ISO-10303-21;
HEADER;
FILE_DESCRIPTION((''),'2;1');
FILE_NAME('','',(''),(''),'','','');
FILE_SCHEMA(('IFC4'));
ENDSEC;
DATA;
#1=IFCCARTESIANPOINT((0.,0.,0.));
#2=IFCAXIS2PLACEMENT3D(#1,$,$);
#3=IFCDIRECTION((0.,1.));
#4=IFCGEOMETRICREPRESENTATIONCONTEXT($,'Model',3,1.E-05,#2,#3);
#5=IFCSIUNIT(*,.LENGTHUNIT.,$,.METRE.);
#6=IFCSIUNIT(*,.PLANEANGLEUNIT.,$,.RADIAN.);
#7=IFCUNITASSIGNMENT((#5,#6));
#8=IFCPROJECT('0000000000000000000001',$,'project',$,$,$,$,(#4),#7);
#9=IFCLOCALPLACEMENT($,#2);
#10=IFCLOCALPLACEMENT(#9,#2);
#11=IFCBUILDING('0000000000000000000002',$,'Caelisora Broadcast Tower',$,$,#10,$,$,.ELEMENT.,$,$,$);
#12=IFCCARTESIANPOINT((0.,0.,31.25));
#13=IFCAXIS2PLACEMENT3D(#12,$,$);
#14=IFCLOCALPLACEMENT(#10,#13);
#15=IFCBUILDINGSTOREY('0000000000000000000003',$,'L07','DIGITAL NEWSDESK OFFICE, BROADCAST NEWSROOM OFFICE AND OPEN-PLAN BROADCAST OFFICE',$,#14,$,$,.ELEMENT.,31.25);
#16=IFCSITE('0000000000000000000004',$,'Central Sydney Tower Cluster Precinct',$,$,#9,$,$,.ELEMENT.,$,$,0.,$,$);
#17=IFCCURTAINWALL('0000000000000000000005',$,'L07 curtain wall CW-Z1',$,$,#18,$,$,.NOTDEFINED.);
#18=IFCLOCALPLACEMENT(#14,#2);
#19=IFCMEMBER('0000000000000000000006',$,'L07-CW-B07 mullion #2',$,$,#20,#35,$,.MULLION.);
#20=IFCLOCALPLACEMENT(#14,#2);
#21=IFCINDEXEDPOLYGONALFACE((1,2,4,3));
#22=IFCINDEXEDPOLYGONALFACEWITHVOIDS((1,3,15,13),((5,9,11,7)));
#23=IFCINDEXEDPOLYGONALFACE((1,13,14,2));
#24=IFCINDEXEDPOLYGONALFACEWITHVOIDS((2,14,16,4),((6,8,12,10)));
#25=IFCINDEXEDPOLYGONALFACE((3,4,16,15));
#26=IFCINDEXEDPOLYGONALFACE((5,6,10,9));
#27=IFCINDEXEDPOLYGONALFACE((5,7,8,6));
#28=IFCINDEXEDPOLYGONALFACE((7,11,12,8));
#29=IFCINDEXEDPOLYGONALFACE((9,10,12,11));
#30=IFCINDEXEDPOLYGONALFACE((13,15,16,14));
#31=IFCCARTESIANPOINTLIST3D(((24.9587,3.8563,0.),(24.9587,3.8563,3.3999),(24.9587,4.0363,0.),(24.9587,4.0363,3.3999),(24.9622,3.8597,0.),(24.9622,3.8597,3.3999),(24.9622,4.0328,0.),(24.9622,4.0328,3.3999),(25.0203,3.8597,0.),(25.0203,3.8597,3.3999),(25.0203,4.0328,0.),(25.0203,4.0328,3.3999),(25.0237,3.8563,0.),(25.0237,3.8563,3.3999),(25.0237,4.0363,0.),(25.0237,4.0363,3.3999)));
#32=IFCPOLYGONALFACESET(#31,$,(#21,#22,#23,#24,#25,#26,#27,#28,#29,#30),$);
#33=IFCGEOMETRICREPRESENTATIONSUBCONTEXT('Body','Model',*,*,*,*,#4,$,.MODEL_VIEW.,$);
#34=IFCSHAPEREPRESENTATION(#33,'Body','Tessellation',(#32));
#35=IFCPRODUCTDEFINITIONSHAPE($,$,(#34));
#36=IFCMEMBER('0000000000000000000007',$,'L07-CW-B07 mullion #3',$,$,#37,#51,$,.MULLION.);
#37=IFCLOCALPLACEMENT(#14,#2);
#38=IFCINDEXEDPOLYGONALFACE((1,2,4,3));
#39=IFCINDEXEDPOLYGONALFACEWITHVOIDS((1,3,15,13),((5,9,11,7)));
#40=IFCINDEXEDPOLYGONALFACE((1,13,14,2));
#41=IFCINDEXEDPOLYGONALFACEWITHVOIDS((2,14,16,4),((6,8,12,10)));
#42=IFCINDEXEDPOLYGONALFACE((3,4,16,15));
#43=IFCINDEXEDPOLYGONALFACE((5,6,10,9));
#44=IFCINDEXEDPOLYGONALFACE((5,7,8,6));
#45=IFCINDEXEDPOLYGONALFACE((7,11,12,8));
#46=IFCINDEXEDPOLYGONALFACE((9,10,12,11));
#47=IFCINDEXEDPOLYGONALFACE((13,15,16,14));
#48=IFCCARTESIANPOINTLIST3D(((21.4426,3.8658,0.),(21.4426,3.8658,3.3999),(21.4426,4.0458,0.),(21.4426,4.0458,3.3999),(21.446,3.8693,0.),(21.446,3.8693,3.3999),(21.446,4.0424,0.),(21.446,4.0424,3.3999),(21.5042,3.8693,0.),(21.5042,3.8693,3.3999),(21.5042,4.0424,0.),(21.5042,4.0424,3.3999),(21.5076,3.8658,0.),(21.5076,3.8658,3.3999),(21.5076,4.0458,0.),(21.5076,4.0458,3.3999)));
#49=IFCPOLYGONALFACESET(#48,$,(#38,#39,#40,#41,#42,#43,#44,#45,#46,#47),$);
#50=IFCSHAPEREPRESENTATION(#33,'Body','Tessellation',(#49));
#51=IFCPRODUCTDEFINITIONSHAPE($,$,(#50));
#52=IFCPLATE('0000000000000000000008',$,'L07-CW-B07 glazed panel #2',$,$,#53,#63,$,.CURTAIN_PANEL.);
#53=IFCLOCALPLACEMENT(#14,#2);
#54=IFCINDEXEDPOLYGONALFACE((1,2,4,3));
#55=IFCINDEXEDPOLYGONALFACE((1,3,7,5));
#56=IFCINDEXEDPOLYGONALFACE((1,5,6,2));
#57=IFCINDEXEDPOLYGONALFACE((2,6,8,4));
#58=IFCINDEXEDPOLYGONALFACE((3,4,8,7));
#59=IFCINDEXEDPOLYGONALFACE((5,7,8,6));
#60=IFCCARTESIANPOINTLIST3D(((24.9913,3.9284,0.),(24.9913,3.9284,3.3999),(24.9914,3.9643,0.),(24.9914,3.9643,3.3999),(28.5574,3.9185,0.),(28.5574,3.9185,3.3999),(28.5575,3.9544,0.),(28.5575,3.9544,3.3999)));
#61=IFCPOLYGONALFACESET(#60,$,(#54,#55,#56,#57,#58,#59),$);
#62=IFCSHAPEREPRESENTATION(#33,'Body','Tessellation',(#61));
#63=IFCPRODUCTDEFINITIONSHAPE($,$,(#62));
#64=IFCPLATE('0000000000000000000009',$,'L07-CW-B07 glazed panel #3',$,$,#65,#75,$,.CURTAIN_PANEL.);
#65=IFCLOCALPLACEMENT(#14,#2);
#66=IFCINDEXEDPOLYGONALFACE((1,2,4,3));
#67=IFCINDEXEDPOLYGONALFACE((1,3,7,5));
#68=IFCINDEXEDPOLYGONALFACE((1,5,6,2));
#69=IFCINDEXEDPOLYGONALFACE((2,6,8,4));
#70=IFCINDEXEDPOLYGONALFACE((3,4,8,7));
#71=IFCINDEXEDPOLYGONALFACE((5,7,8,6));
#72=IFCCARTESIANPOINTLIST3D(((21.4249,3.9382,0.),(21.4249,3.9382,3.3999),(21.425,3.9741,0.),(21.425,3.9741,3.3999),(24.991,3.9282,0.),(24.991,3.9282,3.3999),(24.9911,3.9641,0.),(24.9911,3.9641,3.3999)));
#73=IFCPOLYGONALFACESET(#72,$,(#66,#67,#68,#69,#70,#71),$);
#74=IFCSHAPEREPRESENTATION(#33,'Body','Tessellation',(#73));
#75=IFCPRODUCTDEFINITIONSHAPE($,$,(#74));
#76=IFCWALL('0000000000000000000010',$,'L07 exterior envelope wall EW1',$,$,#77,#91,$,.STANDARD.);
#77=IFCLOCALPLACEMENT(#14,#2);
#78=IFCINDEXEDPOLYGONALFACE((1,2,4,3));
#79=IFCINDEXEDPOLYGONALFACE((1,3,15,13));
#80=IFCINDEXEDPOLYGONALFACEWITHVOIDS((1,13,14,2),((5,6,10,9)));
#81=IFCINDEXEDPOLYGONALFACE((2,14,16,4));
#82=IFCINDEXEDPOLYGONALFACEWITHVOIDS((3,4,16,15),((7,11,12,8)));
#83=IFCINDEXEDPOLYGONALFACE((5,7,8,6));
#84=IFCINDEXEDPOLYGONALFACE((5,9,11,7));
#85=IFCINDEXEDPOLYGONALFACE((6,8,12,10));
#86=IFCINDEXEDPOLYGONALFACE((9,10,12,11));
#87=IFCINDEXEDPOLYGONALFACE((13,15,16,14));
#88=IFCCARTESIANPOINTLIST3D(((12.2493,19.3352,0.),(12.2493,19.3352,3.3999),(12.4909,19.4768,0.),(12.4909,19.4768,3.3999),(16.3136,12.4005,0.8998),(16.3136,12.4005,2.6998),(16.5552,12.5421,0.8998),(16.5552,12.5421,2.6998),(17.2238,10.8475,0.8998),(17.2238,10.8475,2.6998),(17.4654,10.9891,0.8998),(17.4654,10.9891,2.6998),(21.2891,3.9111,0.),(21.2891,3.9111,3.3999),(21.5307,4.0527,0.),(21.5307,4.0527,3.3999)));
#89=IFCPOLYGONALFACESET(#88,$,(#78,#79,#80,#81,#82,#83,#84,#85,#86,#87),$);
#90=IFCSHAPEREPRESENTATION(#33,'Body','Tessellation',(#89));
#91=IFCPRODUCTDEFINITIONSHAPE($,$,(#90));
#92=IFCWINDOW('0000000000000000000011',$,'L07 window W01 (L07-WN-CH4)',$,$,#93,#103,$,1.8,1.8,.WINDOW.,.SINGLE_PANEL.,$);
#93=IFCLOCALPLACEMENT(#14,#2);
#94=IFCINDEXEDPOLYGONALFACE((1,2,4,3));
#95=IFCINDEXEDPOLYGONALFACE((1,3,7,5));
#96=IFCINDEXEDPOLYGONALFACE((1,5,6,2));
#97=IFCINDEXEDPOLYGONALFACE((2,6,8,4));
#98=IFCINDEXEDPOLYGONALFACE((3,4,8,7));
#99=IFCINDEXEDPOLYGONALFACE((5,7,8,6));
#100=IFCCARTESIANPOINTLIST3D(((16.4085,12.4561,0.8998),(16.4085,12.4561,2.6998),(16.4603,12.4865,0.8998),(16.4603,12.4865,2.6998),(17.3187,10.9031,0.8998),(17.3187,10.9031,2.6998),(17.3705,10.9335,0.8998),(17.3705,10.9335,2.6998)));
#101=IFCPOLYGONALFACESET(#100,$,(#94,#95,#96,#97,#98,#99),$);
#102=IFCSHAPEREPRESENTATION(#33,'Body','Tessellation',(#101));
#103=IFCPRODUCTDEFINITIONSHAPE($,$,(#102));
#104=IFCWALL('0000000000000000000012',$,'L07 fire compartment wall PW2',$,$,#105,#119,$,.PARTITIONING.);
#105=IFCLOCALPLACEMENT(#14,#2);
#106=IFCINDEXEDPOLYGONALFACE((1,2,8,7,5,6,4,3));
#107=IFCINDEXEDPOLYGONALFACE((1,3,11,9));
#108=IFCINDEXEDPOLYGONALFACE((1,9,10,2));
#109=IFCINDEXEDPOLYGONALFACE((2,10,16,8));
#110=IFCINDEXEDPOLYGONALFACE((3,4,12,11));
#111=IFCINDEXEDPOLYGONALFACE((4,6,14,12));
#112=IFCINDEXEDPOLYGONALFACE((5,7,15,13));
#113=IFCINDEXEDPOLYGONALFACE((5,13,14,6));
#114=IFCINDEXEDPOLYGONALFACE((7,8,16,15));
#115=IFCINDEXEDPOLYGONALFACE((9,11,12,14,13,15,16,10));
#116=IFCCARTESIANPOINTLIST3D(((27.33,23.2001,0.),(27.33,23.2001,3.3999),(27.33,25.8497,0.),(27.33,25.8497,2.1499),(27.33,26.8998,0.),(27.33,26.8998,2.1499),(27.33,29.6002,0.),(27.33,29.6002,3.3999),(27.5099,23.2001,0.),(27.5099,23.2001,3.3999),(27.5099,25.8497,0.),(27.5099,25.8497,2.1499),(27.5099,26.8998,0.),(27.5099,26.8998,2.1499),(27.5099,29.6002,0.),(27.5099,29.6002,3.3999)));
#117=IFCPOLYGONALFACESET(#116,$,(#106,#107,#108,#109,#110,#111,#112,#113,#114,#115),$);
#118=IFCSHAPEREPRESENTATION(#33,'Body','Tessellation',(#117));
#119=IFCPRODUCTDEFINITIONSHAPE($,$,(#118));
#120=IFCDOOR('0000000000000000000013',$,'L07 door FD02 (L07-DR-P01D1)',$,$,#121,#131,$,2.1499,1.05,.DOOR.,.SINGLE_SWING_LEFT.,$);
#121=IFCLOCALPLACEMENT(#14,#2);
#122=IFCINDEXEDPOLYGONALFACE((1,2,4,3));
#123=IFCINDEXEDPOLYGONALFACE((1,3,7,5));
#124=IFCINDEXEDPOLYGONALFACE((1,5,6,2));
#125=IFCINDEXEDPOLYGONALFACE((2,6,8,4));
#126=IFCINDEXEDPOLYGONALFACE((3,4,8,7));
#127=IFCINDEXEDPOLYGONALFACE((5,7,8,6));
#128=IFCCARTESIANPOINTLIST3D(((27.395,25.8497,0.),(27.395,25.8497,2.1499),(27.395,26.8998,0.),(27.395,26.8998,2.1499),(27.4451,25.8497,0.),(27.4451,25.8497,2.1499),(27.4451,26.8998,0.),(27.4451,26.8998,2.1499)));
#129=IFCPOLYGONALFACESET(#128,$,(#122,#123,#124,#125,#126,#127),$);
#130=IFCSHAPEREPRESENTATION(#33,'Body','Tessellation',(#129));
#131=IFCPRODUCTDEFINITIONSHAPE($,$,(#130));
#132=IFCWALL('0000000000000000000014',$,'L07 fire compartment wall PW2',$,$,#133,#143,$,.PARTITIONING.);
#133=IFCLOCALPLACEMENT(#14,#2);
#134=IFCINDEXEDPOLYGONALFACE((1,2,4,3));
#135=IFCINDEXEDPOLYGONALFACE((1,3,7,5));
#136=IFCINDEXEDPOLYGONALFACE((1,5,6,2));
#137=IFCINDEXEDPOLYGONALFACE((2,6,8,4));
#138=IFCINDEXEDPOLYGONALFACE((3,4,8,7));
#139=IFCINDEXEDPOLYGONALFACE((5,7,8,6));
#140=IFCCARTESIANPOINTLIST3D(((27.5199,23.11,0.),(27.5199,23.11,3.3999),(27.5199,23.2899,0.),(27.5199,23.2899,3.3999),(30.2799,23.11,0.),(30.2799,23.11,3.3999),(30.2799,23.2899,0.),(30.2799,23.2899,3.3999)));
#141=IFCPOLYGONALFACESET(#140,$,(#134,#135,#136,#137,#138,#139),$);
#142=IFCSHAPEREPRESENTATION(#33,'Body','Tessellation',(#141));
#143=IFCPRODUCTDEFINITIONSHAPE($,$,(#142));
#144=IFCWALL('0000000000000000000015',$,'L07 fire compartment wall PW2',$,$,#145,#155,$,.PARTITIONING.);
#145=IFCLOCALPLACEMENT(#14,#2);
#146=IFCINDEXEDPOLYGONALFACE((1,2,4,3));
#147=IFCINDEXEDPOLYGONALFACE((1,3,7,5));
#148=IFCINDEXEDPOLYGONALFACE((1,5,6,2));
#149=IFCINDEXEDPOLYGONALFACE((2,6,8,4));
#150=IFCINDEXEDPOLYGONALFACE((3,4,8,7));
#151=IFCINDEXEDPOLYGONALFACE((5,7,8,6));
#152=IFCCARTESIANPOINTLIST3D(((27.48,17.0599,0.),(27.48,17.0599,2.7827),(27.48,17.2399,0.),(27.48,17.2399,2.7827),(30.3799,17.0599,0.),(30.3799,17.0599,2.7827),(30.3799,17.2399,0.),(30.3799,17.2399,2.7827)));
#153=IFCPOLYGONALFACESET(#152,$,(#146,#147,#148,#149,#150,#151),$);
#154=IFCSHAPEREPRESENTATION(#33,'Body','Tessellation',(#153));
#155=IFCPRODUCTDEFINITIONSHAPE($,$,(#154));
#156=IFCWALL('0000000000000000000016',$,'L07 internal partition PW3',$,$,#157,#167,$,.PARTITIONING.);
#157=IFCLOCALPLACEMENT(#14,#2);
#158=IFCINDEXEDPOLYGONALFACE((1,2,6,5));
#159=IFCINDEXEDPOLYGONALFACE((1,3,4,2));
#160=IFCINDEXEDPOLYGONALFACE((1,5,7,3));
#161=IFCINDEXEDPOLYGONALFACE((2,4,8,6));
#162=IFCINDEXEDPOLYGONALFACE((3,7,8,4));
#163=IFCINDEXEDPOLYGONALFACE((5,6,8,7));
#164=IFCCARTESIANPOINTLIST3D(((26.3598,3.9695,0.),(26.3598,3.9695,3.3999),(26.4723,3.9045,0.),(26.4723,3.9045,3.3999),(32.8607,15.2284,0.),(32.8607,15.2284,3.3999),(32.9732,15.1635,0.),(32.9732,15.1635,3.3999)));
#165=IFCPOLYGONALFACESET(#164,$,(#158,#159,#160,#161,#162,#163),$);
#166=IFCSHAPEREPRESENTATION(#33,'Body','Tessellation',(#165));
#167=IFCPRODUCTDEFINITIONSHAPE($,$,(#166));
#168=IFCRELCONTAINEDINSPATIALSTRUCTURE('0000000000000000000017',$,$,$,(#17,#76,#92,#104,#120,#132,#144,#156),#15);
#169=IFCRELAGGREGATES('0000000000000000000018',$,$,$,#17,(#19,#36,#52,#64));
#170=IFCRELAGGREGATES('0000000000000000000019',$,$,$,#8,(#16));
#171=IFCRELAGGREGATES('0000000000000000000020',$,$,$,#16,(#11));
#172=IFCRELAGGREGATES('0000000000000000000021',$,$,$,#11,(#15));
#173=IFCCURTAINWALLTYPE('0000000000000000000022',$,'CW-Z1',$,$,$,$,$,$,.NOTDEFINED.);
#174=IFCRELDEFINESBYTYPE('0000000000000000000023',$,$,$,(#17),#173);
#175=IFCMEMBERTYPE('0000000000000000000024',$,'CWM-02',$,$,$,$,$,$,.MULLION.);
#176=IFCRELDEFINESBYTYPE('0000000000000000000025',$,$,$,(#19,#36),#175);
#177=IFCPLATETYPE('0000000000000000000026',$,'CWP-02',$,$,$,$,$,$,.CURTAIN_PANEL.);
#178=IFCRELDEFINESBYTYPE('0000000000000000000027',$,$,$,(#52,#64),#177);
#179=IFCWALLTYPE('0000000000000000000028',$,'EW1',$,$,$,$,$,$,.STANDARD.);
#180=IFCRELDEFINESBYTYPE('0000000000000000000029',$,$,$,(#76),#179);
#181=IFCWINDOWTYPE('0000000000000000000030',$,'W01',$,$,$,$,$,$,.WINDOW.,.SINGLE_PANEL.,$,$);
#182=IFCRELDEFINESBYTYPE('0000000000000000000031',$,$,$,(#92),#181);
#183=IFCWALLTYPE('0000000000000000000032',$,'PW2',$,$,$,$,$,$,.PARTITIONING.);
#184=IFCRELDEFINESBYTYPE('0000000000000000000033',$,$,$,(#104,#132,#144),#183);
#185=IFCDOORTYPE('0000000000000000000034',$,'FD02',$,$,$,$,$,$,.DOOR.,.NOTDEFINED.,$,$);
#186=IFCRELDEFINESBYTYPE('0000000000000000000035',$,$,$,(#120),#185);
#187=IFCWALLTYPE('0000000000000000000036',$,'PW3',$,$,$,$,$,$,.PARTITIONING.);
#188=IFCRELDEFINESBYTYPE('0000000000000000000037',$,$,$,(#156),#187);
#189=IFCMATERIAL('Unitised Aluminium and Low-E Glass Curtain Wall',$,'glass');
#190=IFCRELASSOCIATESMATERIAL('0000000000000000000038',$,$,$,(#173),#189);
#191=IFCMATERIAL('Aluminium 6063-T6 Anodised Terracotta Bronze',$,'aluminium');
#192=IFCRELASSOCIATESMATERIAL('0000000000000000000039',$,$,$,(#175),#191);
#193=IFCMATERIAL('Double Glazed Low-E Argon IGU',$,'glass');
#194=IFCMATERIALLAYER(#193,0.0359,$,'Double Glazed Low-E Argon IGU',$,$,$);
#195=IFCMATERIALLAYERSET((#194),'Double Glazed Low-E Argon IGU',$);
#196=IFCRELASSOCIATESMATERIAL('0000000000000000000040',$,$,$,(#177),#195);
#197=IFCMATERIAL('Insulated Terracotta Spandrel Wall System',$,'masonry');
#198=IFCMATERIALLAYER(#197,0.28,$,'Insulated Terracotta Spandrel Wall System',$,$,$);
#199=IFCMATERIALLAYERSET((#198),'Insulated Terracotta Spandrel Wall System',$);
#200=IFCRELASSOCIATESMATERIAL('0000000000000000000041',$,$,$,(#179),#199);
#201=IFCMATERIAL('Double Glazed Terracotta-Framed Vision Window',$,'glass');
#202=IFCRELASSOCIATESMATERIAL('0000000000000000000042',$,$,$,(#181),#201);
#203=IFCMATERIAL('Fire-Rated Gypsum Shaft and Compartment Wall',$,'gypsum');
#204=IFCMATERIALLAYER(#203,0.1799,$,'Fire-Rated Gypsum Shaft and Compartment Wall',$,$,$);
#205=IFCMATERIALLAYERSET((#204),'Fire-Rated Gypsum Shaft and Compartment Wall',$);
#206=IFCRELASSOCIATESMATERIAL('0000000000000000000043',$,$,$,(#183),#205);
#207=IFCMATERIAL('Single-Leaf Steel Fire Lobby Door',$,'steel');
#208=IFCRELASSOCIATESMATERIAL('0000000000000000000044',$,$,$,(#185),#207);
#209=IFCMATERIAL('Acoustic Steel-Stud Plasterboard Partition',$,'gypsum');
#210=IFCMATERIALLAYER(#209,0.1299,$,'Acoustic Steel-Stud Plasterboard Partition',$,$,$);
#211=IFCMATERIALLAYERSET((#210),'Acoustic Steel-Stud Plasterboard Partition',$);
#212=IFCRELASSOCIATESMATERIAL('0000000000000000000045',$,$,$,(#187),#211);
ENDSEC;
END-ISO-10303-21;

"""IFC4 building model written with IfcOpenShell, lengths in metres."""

from ifc_helpers import new_model, si_unit, direction, frame, frame_2d, origin, origin_2d, place, context, subcontext, project, spatial, rectangle, hollow_rectangle, extrude, source, transform, mapped, material, layer, layer_set, material_profile, profile_set, type_object, type_shapes, element, fill, aggregate, save


model = new_model("IFC4")

# Units and contexts
model_context = context("Model", 3, precision=1e-05, world=origin(), true_north=direction((0.0, 1.0)))
body_context = subcontext(model_context, "Body", "Model", "MODEL_VIEW")
ifc_project = project(units=[si_unit("LENGTHUNIT", "METRE"), si_unit("PLANEANGLEUNIT", "RADIAN")], contexts=[model_context])

# Site, building, storey
site_placement = place(None, origin())
site = spatial("IfcSite", under=ifc_project, at=site_placement, Name="Central Sydney Tower Cluster Precinct", CompositionType="ELEMENT", RefElevation=0.0)
building_placement = place(site_placement, origin())
building = spatial("IfcBuilding", under=site, at=building_placement, Name="Caelisora Broadcast Tower", CompositionType="ELEMENT")
storey_placement = place(building_placement, frame((0.0, 0.0, 31.25)))
storey = spatial("IfcBuildingStorey", under=building, at=storey_placement, Name="L07", Description="DIGITAL NEWSDESK OFFICE, BROADCAST NEWSROOM OFFICE AND OPEN-PLAN BROADCAST OFFICE", CompositionType="ELEMENT", Elevation=31.25)

# Curtain wall, members, plates
ifc_material_1 = material(Name="Unitised Aluminium and Low-E Glass Curtain Wall", Category="glass")
curtain_wall_type = type_object("IfcCurtainWallType", Name="CW-Z1", PredefinedType="NOTDEFINED", material=ifc_material_1)
curtain_wall_placement = place(storey_placement, origin())
curtain_wall = element("IfcCurtainWall", 1, at=curtain_wall_placement, inside=storey, type_object=curtain_wall_type, Name="L07 curtain wall CW-Z1", PredefinedType="NOTDEFINED")
ifc_material_2 = material(Name="Aluminium 6063-T6 Anodised Terracotta Bronze", Category="aluminium")
ifc_material_profile_1 = material_profile(ifc_material_2, hollow_rectangle(XDim=0.0649, YDim=0.1799, WallThickness=0.0034, at=origin_2d()), Name="Aluminium 6063-T6 Anodised Terracotta Bronze")
ifc_profile_set_1 = profile_set([ifc_material_profile_1], Name="Aluminium 6063-T6 Anodised Terracotta Bronze")
member_type = type_object("IfcMemberType", Name="CWM-02", PredefinedType="MULLION", material=ifc_profile_set_1)
shared_shape_1 = source(origin(), body_context, "Body", "SweptSolid", [
    extrude(hollow_rectangle(XDim=0.0649, YDim=0.1799, WallThickness=0.0034, at=origin_2d()), origin(), (0.0, 0.0, 1.0), 3.3999),
])
type_shapes(member_type, [shared_shape_1])
member_1_placement = place(storey_placement, frame((24.9912, 3.9463, 0.0), z_axis=(0.0, 0.0, 1.0), x_axis=(1.0, 0.0, 0.0)))
member_1 = element("IfcMember", 2, at=member_1_placement, type_object=member_type, Name="L07-CW-B07 mullion #2", PredefinedType="MULLION", context=body_context, shape_type="MappedRepresentation", body=[
    mapped(shared_shape_1, transform((0.0, 0.0, 0.0), scale=1.0)),
])
member_2_placement = place(storey_placement, frame((21.4751, 3.9558, 0.0), z_axis=(0.0, 0.0, 1.0), x_axis=(1.0, 0.0, 0.0)))
member_2 = element("IfcMember", 3, at=member_2_placement, type_object=member_type, Name="L07-CW-B07 mullion #3", PredefinedType="MULLION", context=body_context, shape_type="MappedRepresentation", body=[
    mapped(shared_shape_1, transform((0.0, 0.0, 0.0), scale=1.0)),
])
ifc_material_3 = material(Name="Double Glazed Low-E Argon IGU", Category="glass")
ifc_layer_1 = layer(ifc_material_3, 0.0359, Name="Double Glazed Low-E Argon IGU")
ifc_layer_set_1 = layer_set([ifc_layer_1], Name="Double Glazed Low-E Argon IGU")
plate_type = type_object("IfcPlateType", Name="CWP-02", PredefinedType="CURTAIN_PANEL", material=ifc_layer_set_1)
shared_shape_2 = source(origin(), body_context, "Body", "SweptSolid", [
    extrude(rectangle(XDim=3.5662, YDim=0.0359, at=origin_2d()), origin(), (0.0, 0.0, 1.0), 3.3999),
])
type_shapes(plate_type, [shared_shape_2])
plate_1_placement = place(storey_placement, frame((26.7744, 3.9414, 0.0), z_axis=(0.0, 0.0, 1.0), x_axis=(-0.999996, 0.002793, 0.0)))
plate_1 = element("IfcPlate", 4, at=plate_1_placement, type_object=plate_type, Name="L07-CW-B07 glazed panel #2", PredefinedType="CURTAIN_PANEL", context=body_context, shape_type="MappedRepresentation", body=[
    mapped(shared_shape_2, transform((0.0, 0.0, 0.0), scale=1.0)),
])
plate_2_placement = place(storey_placement, frame((23.208, 3.9512, 0.0), z_axis=(0.0, 0.0, 1.0), x_axis=(-0.999996, 0.002793, 0.0)))
plate_2 = element("IfcPlate", 5, at=plate_2_placement, type_object=plate_type, Name="L07-CW-B07 glazed panel #3", PredefinedType="CURTAIN_PANEL", context=body_context, shape_type="MappedRepresentation", body=[
    mapped(shared_shape_2, transform((0.0, 0.0, 0.0), scale=1.0)),
])
aggregate(curtain_wall, [member_1, member_2, plate_1, plate_2])

# Wall, opening, window
ifc_material_4 = material(Name="Insulated Terracotta Spandrel Wall System", Category="masonry")
ifc_layer_2 = layer(ifc_material_4, 0.28, Name="Insulated Terracotta Spandrel Wall System")
ifc_layer_set_2 = layer_set([ifc_layer_2], Name="Insulated Terracotta Spandrel Wall System")
wall_type_1 = type_object("IfcWallType", Name="EW1", PredefinedType="STANDARD", material=ifc_layer_set_2)
wall_1_placement = place(storey_placement, frame((21.4099, 3.9819, 0.0), z_axis=(0.0, 0.0, 1.0), x_axis=(-0.50564, 0.862744, 0.0)))
wall_1 = element("IfcWall", 6, at=wall_1_placement, inside=storey, type_object=wall_type_1, Name="L07 exterior envelope wall EW1", PredefinedType="STANDARD", context=body_context, shape_type="SweptSolid", body=[
    extrude(rectangle(XDim=17.8779, YDim=0.28, at=frame_2d((8.939, 0.0))), origin(), (0.0, 0.0, 1.0), 3.3999),
])
opening_1_placement = place(wall_1_placement, frame((8.04, 0.0, 0.8999)))
opening_1 = element("IfcOpeningElement", 7, at=opening_1_placement, cuts=wall_1, PredefinedType="OPENING", context=body_context, shape_type="SweptSolid", body=[
    extrude(rectangle(XDim=1.8, YDim=1.8, at=frame_2d((0.8999, 0.8999))), frame((0.0, 0.1521, 0.0), z_axis=(0.0, -1.0, 0.0), x_axis=(1.0, 0.0, 0.0)), (0.0, 0.0, 1.0), 0.304),
])
ifc_material_5 = material(Name="Double Glazed Terracotta-Framed Vision Window", Category="glass")
window_type = type_object("IfcWindowType", Name="W01", PartitioningType="SINGLE_PANEL", PredefinedType="WINDOW", material=ifc_material_5)
window_placement = place(opening_1_placement, origin())
window = element("IfcWindow", 8, at=window_placement, inside=storey, type_object=window_type, Name="L07 window W01 (L07-WN-CH4)", OverallHeight=1.8, OverallWidth=1.8, PartitioningType="SINGLE_PANEL", PredefinedType="WINDOW", context=body_context, shape_type="SweptSolid", body=[
    extrude(rectangle(XDim=1.8, YDim=1.8, at=frame_2d((0.8999, 0.8999))), frame((0.0, 0.03, 0.0), z_axis=(0.0, -1.0, 0.0), x_axis=(1.0, 0.0, 0.0)), (0.0, 0.0, 1.0), 0.0601),
])
fill(opening_1, window)

# Wall, opening, door
ifc_material_6 = material(Name="Fire-Rated Gypsum Shaft and Compartment Wall", Category="gypsum")
ifc_layer_3 = layer(ifc_material_6, 0.1799, Name="Fire-Rated Gypsum Shaft and Compartment Wall")
ifc_layer_set_3 = layer_set([ifc_layer_3], Name="Fire-Rated Gypsum Shaft and Compartment Wall")
wall_type_2 = type_object("IfcWallType", Name="PW2", PredefinedType="PARTITIONING", material=ifc_layer_set_3)
wall_2_placement = place(storey_placement, frame((27.4199, 23.2, 0.0), z_axis=(0.0, 0.0, 1.0), x_axis=(0.0, 1.0, 0.0)))
wall_2 = element("IfcWall", 9, at=wall_2_placement, inside=storey, type_object=wall_type_2, Name="L07 fire compartment wall PW2", PredefinedType="PARTITIONING", context=body_context, shape_type="SweptSolid", body=[
    extrude(rectangle(XDim=6.4001, YDim=0.1799, at=frame_2d((3.2002, 0.0))), origin(), (0.0, 0.0, 1.0), 3.3999),
])
opening_2_placement = place(wall_2_placement, frame((2.6499, 0.0, 0.0)))
opening_2 = element("IfcOpeningElement", 10, at=opening_2_placement, cuts=wall_2, PredefinedType="OPENING", context=body_context, shape_type="SweptSolid", body=[
    extrude(rectangle(XDim=1.05, YDim=2.1499, at=frame_2d((0.5249, 1.075))), frame((0.0, 0.1021, 0.0), z_axis=(0.0, -1.0, 0.0), x_axis=(1.0, 0.0, 0.0)), (0.0, 0.0, 1.0), 0.2039),
])
ifc_material_7 = material(Name="Single-Leaf Steel Fire Lobby Door", Category="steel")
door_type = type_object("IfcDoorType", Name="FD02", OperationType="NOTDEFINED", PredefinedType="DOOR", material=ifc_material_7)
door_1_placement = place(opening_2_placement, origin())
door_1 = element("IfcDoor", 11, at=door_1_placement, inside=storey, type_object=door_type, Name="L07 door FD02 (L07-DR-P01D1)", OperationType="SINGLE_SWING_LEFT", OverallHeight=2.1499, OverallWidth=1.05, PredefinedType="DOOR", context=body_context, shape_type="SweptSolid", body=[
    extrude(rectangle(XDim=1.05, YDim=2.1499, at=frame_2d((0.5249, 1.075))), frame((0.0, 0.0249, 0.0), z_axis=(0.0, -1.0, 0.0), x_axis=(1.0, 0.0, 0.0)), (0.0, 0.0, 1.0), 0.05),
])
fill(opening_2, door_1)

# Wall
wall_3_placement = place(storey_placement, frame((27.52, 23.2, 0.0), z_axis=(0.0, 0.0, 1.0), x_axis=(1.0, 0.0, 0.0)))
element("IfcWall", 12, at=wall_3_placement, inside=storey, type_object=wall_type_2, Name="L07 fire compartment wall PW2", PredefinedType="PARTITIONING", context=body_context, shape_type="SweptSolid", body=[
    extrude(rectangle(XDim=2.76, YDim=0.1799, at=frame_2d((1.3799, 0.0))), origin(), (0.0, 0.0, 1.0), 3.3999),
])

# Walls
wall_4_placement = place(storey_placement, frame((27.48, 17.1499, 0.0), z_axis=(0.0, 0.0, 1.0), x_axis=(1.0, 0.0, 0.0)))
element("IfcWall", 13, at=wall_4_placement, inside=storey, type_object=wall_type_2, Name="L07 fire compartment wall PW2", PredefinedType="PARTITIONING", context=body_context, shape_type="SweptSolid", body=[
    extrude(rectangle(XDim=2.8999, YDim=0.1799, at=frame_2d((1.45, 0.0))), origin(), (0.0, 0.0, 1.0), 2.7827),
])
ifc_material_8 = material(Name="Acoustic Steel-Stud Plasterboard Partition", Category="gypsum")
ifc_layer_4 = layer(ifc_material_8, 0.1299, Name="Acoustic Steel-Stud Plasterboard Partition")
ifc_layer_set_4 = layer_set([ifc_layer_4], Name="Acoustic Steel-Stud Plasterboard Partition")
wall_type_3 = type_object("IfcWallType", Name="PW3", PredefinedType="PARTITIONING", material=ifc_layer_set_4)
wall_5_placement = place(storey_placement, frame((26.416, 3.937, 0.0), z_axis=(0.0, 0.0, 1.0), x_axis=(0.500033, 0.866006, 0.0)))
element("IfcWall", 14, at=wall_5_placement, inside=storey, type_object=wall_type_3, Name="L07 internal partition PW3", PredefinedType="PARTITIONING", context=body_context, shape_type="SweptSolid", body=[
    extrude(rectangle(XDim=13.001, YDim=0.1299, at=frame_2d((6.5005, 0.0))), origin(), (0.0, 0.0, 1.0), 3.3999),
])

save(model, "model.ifc")
